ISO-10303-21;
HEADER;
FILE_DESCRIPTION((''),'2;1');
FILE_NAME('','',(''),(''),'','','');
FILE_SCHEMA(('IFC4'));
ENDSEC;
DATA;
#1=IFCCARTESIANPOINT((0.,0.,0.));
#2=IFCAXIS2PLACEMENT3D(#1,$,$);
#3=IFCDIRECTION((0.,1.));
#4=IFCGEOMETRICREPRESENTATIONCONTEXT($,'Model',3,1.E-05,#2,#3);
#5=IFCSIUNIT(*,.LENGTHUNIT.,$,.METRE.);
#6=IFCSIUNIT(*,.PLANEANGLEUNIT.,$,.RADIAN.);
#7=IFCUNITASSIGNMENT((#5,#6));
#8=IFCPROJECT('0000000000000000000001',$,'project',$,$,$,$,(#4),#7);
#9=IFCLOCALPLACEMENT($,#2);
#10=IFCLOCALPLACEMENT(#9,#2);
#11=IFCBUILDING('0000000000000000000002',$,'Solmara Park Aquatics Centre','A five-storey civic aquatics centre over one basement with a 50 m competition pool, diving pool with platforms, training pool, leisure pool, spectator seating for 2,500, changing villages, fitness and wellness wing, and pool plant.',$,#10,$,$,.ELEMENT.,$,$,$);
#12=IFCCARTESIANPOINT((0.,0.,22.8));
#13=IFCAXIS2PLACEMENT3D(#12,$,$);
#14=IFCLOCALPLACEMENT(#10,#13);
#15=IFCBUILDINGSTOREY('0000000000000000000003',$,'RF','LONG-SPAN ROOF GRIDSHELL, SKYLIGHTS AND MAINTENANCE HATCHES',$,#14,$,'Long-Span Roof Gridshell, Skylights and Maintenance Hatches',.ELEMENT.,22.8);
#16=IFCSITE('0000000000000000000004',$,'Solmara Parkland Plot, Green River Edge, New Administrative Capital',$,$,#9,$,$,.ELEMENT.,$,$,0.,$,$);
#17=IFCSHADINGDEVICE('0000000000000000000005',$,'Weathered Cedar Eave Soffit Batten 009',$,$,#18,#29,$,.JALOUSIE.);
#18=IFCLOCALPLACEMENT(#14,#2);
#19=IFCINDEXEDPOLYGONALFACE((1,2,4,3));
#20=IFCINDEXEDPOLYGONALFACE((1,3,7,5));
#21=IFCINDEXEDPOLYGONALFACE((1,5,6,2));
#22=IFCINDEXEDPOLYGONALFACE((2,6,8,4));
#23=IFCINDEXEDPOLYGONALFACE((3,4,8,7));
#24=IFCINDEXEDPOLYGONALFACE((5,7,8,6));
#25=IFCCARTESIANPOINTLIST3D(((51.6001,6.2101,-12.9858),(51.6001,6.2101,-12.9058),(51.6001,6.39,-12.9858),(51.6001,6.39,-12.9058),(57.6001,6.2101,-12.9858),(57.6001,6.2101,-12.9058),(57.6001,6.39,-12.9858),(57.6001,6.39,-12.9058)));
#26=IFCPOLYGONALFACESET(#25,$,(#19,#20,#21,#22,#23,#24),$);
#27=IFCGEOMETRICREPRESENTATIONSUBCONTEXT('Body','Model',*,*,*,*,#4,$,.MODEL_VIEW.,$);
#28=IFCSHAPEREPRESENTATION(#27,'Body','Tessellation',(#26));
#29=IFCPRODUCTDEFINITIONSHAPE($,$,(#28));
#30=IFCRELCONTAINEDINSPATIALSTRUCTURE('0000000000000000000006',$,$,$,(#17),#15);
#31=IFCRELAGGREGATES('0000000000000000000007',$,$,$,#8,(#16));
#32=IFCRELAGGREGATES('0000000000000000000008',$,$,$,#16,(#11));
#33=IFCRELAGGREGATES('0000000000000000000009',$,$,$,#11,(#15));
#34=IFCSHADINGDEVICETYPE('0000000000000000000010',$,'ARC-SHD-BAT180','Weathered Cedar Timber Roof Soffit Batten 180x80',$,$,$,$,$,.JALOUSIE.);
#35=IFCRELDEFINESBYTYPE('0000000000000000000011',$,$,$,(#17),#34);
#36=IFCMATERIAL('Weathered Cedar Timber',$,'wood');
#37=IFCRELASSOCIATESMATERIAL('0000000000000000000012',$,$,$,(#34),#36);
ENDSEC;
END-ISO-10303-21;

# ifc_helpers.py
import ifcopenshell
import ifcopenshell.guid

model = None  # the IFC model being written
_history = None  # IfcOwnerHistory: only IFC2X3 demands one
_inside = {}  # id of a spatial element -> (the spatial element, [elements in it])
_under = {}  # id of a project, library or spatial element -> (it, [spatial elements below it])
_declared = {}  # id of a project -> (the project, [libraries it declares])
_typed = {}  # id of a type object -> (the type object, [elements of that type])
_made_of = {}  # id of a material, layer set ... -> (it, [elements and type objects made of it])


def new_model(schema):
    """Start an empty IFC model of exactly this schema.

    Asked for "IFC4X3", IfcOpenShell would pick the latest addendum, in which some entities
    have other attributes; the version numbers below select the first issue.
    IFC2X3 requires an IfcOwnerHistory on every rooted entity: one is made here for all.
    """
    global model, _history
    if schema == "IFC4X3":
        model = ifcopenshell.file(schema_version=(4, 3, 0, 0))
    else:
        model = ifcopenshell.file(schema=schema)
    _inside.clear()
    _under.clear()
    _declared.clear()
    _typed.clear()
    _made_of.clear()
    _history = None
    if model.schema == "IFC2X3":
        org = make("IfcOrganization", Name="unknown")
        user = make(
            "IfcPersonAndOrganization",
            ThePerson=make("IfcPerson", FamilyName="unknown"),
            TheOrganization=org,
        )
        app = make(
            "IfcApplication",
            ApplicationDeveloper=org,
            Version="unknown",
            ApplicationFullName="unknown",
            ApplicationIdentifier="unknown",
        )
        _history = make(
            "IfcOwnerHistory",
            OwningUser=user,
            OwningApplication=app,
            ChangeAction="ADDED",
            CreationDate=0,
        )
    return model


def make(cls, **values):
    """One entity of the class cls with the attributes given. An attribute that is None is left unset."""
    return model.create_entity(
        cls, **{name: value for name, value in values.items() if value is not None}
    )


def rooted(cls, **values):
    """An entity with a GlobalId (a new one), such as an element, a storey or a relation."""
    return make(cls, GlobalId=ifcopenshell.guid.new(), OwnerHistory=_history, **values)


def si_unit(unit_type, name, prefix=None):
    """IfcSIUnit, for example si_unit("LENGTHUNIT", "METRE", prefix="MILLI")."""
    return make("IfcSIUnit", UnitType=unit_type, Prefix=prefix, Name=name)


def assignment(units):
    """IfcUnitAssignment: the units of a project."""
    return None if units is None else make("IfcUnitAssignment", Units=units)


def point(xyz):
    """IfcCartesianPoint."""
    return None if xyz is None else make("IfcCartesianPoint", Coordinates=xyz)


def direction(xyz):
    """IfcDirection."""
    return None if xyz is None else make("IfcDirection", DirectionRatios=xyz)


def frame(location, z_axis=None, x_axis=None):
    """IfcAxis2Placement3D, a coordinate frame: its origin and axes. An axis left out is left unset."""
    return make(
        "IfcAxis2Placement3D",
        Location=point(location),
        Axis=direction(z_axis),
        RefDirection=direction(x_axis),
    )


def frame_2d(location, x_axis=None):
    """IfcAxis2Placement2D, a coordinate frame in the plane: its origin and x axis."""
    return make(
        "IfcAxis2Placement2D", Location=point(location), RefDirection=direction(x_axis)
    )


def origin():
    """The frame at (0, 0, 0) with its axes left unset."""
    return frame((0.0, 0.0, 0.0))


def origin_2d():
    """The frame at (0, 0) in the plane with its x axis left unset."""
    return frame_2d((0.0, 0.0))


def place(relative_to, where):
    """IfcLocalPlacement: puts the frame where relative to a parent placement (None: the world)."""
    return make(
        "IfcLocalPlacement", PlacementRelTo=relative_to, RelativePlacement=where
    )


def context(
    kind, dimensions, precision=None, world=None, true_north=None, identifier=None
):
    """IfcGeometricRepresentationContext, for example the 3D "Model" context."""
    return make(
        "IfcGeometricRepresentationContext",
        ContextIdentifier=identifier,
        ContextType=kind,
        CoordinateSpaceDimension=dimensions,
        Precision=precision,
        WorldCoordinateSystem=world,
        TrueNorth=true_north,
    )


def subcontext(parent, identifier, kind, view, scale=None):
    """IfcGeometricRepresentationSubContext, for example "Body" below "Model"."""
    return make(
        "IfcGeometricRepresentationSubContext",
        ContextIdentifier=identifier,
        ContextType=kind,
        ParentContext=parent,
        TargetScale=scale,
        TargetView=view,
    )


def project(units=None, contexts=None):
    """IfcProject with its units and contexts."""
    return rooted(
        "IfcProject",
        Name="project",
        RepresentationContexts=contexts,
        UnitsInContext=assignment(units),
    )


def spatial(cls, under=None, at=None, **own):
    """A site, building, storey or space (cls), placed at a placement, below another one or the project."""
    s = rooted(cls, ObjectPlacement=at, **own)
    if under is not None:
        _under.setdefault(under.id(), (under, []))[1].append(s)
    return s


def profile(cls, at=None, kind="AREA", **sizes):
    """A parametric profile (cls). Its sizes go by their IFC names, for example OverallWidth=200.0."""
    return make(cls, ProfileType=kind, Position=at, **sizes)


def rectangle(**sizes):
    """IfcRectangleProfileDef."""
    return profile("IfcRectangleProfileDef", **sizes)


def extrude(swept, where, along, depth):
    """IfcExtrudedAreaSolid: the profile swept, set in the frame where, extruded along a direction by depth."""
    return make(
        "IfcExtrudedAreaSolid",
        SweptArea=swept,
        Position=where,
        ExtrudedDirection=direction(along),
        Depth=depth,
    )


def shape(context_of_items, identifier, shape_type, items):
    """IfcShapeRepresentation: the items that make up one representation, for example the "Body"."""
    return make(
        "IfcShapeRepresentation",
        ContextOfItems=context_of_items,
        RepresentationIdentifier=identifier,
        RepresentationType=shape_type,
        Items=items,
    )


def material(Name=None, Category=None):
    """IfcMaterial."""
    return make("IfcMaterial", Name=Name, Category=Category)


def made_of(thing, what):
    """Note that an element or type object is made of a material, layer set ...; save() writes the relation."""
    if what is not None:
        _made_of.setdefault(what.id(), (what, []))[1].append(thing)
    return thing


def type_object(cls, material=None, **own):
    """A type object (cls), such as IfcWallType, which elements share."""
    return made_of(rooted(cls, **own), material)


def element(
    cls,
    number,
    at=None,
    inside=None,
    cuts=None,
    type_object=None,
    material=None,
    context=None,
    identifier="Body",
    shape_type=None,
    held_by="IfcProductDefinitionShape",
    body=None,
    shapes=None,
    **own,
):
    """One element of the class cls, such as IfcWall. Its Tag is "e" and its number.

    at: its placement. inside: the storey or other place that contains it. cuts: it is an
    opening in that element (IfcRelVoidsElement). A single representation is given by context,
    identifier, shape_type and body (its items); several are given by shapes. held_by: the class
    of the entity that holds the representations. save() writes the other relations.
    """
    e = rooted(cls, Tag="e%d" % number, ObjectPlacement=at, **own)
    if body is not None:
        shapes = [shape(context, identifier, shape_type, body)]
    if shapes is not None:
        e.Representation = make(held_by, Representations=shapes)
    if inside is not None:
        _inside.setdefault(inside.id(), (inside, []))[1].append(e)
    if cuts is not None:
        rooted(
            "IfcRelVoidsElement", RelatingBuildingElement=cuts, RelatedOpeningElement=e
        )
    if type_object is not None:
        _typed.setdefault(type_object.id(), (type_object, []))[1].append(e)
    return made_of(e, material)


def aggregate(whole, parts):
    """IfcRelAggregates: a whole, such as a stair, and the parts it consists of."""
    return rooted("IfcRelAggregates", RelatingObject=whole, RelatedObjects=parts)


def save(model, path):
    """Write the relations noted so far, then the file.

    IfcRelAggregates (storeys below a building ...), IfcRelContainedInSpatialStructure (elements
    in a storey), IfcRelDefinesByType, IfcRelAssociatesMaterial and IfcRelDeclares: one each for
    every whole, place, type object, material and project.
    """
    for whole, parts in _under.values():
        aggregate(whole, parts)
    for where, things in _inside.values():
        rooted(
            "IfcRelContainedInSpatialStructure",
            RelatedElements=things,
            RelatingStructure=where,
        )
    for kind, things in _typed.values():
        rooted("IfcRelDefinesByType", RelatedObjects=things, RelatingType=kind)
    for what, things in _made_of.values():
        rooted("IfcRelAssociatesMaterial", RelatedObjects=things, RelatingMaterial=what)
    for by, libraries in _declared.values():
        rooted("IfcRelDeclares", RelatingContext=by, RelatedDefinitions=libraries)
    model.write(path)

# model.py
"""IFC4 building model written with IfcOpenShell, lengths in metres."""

from ifc_helpers import new_model, si_unit, direction, frame, origin, origin_2d, place, context, subcontext, project, spatial, rectangle, extrude, material, type_object, element, save


model = new_model("IFC4")

# Units and contexts
model_context = context("Model", 3, precision=1e-05, world=origin(), true_north=direction((0.0, 1.0)))
body_context = subcontext(model_context, "Body", "Model", "MODEL_VIEW")
ifc_project = project(units=[si_unit("LENGTHUNIT", "METRE"), si_unit("PLANEANGLEUNIT", "RADIAN")], contexts=[model_context])

# Site, building, storey
site_placement = place(None, origin())
site = spatial("IfcSite", under=ifc_project, at=site_placement, Name="Solmara Parkland Plot, Green River Edge, New Administrative Capital", CompositionType="ELEMENT", RefElevation=0.0)
building_placement = place(site_placement, origin())
building = spatial("IfcBuilding", under=site, at=building_placement, Name="Solmara Park Aquatics Centre", Description="A five-storey civic aquatics centre over one basement with a 50 m competition pool, diving pool with platforms, training pool, leisure pool, spectator seating for 2,500, changing villages, fitness and wellness wing, and pool plant.", CompositionType="ELEMENT")
storey_placement = place(building_placement, frame((0.0, 0.0, 22.8)))
storey = spatial("IfcBuildingStorey", under=building, at=storey_placement, Name="RF", Description="LONG-SPAN ROOF GRIDSHELL, SKYLIGHTS AND MAINTENANCE HATCHES", LongName="Long-Span Roof Gridshell, Skylights and Maintenance Hatches", CompositionType="ELEMENT", Elevation=22.8)

# Shading device
ifc_material_1 = material(Name="Weathered Cedar Timber", Category="wood")
shading_device_type = type_object("IfcShadingDeviceType", Name="ARC-SHD-BAT180", Description="Weathered Cedar Timber Roof Soffit Batten 180x80", PredefinedType="JALOUSIE", material=ifc_material_1)
shading_device_placement = place(storey_placement, frame((54.6001, 6.3, -12.9858), z_axis=(0.0, 0.0, 1.0), x_axis=(1.0, 0.0, 0.0)))
element("IfcShadingDevice", 1, at=shading_device_placement, inside=storey, type_object=shading_device_type, Name="Weathered Cedar Eave Soffit Batten 009", PredefinedType="JALOUSIE", context=body_context, shape_type="SweptSolid", body=[
    extrude(rectangle(XDim=6.0, YDim=0.1799, at=origin_2d()), origin(), (0.0, 0.0, 1.0), 0.0801),
])

save(model, "model.ifc")
